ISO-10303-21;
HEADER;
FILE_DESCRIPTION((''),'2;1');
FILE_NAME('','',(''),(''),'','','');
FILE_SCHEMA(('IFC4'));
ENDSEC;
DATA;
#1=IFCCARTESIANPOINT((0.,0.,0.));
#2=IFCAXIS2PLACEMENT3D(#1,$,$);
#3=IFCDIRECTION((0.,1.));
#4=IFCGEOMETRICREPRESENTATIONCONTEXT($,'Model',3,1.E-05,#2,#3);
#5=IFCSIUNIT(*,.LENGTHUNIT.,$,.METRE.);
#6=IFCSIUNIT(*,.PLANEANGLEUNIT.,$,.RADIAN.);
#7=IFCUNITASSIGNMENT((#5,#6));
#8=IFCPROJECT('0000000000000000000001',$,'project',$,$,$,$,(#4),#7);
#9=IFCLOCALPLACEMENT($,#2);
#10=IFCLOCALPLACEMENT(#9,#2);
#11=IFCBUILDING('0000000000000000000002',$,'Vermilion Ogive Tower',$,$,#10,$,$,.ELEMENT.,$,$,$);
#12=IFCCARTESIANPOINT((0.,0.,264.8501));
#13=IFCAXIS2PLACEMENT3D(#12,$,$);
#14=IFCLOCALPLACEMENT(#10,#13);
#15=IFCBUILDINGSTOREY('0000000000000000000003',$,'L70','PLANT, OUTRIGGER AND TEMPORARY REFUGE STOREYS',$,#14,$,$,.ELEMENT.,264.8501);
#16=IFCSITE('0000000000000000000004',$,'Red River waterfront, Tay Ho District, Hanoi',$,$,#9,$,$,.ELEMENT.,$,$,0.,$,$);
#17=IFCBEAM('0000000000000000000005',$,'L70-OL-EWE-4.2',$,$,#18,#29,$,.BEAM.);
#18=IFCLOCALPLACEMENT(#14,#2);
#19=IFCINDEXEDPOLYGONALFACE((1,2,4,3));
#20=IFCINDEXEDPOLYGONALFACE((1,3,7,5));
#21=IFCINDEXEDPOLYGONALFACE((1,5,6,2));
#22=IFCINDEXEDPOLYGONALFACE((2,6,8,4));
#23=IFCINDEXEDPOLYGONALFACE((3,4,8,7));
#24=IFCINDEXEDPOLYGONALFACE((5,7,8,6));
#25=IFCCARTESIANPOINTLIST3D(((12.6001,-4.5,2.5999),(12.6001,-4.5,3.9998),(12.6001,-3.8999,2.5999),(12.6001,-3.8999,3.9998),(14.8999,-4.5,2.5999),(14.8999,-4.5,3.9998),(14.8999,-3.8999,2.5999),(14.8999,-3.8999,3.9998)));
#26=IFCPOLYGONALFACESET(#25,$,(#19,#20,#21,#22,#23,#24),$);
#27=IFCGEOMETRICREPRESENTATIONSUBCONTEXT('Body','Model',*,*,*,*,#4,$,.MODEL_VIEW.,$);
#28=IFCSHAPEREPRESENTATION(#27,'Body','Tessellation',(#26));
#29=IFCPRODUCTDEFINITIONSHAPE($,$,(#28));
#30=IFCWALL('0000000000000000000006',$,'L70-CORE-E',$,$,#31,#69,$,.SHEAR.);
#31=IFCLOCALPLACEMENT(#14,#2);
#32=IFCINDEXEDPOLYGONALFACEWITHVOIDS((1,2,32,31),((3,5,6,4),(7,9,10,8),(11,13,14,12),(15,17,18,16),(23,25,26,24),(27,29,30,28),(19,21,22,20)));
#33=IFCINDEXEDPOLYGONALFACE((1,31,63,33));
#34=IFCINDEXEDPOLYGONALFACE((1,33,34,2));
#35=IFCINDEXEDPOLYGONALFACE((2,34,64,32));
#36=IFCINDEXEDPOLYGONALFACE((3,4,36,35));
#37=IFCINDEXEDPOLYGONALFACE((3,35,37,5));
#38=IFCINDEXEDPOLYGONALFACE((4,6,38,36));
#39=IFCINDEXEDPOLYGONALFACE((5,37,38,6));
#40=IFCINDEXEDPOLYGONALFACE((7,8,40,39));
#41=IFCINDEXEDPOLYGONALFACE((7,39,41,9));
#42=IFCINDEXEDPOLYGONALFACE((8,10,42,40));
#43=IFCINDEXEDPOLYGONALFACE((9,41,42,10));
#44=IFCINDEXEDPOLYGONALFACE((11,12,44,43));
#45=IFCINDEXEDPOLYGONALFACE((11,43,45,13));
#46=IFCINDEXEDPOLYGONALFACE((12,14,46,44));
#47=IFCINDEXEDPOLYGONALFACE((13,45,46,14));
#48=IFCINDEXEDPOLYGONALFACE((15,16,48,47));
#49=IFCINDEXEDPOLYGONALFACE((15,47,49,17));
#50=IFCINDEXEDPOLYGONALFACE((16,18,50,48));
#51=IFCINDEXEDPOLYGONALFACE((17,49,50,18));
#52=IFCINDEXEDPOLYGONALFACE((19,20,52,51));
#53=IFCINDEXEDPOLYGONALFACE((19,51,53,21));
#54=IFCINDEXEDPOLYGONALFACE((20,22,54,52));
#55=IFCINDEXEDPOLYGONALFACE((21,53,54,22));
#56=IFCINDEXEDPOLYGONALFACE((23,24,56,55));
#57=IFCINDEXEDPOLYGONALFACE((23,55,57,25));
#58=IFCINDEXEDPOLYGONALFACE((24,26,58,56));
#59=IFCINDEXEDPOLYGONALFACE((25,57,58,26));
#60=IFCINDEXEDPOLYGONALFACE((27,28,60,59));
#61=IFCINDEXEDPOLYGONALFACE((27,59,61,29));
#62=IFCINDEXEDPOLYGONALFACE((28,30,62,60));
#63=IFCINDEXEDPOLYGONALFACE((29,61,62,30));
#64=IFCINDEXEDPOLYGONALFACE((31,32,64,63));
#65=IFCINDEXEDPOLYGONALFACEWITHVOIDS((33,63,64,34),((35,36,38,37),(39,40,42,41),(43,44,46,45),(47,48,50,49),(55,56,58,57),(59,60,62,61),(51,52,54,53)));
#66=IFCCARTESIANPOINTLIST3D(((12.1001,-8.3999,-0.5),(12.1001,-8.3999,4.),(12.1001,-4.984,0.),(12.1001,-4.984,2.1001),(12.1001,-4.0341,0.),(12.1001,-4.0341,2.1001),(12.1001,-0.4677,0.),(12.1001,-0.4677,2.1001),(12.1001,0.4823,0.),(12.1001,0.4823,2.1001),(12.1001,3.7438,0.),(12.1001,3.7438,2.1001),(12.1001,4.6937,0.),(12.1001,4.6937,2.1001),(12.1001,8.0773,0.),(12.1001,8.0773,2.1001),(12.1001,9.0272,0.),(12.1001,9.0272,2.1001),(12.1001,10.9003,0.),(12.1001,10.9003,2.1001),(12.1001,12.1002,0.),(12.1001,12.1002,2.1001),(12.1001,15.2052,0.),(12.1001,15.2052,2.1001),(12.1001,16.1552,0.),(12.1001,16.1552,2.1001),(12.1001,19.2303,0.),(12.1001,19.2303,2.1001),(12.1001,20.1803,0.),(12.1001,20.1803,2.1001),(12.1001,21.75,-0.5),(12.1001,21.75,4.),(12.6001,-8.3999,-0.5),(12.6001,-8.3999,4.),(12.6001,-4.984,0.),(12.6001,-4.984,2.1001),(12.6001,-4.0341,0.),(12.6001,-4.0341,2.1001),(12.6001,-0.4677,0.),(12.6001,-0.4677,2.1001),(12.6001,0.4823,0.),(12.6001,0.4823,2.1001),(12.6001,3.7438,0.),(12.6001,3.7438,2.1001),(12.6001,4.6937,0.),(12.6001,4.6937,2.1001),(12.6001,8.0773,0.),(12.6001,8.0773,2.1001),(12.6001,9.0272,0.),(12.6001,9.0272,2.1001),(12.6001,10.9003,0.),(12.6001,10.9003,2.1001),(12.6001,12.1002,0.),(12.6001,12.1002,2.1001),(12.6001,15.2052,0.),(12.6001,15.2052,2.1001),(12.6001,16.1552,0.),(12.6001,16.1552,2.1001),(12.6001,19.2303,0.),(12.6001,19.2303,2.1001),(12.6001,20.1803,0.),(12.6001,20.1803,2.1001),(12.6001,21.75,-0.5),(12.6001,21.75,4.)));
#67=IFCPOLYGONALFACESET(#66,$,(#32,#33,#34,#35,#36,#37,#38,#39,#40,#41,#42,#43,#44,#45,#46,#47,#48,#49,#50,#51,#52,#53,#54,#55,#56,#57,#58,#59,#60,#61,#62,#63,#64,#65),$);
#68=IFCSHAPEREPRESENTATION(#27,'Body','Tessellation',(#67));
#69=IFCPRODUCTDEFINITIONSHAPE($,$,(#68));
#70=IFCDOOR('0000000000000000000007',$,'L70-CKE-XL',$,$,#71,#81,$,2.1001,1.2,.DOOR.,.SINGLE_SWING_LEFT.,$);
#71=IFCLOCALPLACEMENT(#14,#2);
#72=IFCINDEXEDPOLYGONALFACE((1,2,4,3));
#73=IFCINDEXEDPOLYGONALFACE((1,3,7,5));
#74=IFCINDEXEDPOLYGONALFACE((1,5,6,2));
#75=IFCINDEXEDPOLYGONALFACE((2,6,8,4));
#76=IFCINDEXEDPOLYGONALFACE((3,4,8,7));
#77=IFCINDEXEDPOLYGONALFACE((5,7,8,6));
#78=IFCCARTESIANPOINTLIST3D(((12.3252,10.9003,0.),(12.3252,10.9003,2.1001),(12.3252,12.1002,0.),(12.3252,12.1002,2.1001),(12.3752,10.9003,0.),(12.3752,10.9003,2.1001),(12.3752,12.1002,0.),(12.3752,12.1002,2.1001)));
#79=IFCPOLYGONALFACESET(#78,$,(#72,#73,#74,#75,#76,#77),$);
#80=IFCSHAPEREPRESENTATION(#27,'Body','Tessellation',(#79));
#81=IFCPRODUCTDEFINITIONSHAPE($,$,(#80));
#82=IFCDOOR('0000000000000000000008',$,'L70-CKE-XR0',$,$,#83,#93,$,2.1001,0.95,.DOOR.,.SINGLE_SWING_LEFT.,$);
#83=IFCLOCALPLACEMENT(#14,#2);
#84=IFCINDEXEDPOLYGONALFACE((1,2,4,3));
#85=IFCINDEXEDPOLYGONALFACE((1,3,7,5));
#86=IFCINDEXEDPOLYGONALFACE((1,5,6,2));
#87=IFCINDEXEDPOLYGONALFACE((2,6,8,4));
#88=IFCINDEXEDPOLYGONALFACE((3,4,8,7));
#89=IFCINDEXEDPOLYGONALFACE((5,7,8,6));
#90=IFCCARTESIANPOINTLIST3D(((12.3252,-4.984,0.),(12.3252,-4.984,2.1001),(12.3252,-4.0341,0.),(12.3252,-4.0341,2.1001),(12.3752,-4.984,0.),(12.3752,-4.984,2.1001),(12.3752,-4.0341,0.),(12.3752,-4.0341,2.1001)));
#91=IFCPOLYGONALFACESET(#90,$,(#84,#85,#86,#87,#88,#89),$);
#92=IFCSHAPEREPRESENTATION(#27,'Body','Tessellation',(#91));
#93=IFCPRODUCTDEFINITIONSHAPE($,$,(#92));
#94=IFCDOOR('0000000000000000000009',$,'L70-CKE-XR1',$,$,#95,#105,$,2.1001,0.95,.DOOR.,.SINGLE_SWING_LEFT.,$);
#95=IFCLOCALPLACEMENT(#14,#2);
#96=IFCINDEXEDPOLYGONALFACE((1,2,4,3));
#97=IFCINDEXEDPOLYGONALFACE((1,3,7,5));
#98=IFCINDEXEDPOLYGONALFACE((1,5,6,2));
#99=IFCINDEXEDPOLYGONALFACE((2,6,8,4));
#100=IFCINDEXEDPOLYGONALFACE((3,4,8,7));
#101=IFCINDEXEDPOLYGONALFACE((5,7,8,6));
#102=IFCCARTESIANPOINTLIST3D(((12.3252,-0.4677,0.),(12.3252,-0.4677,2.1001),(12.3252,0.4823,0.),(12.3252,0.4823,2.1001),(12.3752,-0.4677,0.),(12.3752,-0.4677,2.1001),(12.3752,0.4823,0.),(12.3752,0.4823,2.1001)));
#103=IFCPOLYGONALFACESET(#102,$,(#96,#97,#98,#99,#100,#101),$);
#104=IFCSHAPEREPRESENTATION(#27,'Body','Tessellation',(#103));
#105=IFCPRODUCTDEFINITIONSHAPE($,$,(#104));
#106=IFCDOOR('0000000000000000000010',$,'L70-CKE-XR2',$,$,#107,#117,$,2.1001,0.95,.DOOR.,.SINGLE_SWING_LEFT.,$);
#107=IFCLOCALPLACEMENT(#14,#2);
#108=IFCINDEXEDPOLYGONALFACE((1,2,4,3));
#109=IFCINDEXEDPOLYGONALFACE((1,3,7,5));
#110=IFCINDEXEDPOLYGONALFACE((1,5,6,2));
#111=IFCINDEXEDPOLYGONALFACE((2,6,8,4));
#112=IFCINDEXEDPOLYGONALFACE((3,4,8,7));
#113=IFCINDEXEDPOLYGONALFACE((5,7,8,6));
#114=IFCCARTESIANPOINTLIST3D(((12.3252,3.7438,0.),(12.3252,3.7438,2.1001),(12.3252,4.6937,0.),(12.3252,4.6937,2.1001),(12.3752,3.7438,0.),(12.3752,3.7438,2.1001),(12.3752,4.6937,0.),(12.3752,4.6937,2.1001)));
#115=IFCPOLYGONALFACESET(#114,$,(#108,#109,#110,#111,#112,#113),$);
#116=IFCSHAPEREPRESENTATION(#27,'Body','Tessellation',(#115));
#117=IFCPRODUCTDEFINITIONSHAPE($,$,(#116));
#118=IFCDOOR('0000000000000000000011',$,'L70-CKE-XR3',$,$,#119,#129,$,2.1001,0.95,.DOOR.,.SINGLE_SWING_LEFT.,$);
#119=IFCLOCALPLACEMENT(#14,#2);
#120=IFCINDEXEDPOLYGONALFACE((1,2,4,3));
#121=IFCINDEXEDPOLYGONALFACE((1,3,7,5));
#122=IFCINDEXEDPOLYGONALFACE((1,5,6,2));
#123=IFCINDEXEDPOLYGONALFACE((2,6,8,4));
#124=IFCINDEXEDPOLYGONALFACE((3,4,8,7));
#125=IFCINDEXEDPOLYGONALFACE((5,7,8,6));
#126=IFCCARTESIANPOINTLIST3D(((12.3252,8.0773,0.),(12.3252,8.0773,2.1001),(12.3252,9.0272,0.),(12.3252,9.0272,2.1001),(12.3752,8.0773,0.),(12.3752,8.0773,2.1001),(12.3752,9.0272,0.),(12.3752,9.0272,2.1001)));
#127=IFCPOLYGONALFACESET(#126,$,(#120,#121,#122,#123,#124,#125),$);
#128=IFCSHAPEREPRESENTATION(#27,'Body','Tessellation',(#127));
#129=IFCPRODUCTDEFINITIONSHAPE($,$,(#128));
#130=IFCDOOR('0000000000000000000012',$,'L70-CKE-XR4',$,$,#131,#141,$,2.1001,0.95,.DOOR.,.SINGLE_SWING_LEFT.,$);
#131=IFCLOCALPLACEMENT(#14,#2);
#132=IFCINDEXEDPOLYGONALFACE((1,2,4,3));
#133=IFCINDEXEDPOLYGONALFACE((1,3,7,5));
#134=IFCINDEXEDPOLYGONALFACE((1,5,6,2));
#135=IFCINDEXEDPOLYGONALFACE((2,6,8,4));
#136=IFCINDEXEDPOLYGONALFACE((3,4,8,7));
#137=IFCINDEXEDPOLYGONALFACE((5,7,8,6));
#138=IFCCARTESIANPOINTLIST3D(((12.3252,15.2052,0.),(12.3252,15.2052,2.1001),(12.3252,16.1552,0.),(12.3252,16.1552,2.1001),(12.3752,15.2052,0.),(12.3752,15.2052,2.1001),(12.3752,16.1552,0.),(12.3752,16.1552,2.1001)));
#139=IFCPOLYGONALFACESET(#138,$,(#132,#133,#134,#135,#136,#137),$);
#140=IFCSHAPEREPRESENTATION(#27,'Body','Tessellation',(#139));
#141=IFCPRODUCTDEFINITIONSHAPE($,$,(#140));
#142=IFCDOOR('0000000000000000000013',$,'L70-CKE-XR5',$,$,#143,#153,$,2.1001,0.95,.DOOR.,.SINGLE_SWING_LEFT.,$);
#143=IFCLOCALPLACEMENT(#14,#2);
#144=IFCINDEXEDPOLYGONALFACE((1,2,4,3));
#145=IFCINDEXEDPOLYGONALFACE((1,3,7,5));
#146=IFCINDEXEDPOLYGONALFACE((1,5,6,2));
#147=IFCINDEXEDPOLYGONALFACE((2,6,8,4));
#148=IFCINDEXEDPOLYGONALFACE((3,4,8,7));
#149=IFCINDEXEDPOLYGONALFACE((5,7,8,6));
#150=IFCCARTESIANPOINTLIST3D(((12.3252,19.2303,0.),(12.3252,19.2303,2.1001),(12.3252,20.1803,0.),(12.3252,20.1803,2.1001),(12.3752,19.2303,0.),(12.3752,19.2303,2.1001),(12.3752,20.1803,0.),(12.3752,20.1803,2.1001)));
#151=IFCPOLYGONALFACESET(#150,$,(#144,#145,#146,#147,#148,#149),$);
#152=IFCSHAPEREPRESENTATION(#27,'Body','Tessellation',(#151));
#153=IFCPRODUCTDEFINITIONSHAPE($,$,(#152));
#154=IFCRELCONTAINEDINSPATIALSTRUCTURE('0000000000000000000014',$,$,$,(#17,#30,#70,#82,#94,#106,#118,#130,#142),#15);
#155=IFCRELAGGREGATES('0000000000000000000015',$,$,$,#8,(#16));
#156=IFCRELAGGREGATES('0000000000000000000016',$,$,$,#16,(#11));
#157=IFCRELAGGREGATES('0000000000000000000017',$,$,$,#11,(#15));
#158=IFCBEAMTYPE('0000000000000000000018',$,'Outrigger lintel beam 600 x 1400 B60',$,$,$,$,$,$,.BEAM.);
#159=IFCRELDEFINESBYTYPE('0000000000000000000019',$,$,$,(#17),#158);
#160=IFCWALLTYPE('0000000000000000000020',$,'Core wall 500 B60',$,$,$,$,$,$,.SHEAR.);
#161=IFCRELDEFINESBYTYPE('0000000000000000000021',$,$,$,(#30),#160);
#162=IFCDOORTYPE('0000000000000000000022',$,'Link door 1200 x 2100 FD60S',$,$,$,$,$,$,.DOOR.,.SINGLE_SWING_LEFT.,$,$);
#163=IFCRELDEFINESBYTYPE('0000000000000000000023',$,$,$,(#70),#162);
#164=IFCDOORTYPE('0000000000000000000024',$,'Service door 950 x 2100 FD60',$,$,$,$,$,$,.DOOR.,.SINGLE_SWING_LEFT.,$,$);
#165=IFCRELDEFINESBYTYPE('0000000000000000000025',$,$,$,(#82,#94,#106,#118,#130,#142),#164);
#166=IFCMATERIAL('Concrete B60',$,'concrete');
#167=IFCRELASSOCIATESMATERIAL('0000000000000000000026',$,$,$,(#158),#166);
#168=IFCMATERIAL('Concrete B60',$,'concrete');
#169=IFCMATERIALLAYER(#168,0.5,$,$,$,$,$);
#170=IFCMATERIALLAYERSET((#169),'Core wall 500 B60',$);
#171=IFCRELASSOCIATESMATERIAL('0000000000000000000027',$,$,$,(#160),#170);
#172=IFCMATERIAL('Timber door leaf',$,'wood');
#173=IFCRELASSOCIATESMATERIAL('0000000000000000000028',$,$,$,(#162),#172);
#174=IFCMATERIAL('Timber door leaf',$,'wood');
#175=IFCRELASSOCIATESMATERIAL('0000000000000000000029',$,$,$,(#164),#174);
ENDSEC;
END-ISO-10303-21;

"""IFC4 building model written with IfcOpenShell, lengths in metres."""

from ifc_helpers import new_model, si_unit, direction, frame, frame_2d, origin, origin_2d, place, context, subcontext, project, spatial, rectangle, extrude, material, layer, layer_set, material_profile, profile_set, type_object, element, fill, save


model = new_model("IFC4")

# Units and contexts
model_context = context("Model", 3, precision=1e-05, world=origin(), true_north=direction((0.0, 1.0)))
body_context = subcontext(model_context, "Body", "Model", "MODEL_VIEW")
ifc_project = project(units=[si_unit("LENGTHUNIT", "METRE"), si_unit("PLANEANGLEUNIT", "RADIAN")], contexts=[model_context])

# Site, building, storey
site_placement = place(None, origin())
site = spatial("IfcSite", under=ifc_project, at=site_placement, Name="Red River waterfront, Tay Ho District, Hanoi", CompositionType="ELEMENT", RefElevation=0.0)
building_placement = place(site_placement, origin())
building = spatial("IfcBuilding", under=site, at=building_placement, Name="Vermilion Ogive Tower", CompositionType="ELEMENT")
storey_placement = place(building_placement, frame((0.0, 0.0, 264.8501)))
storey = spatial("IfcBuildingStorey", under=building, at=storey_placement, Name="L70", Description="PLANT, OUTRIGGER AND TEMPORARY REFUGE STOREYS", CompositionType="ELEMENT", Elevation=264.8501)

# Beam
ifc_material_1 = material(Name="Concrete B60", Category="concrete")
ifc_material_profile = material_profile(ifc_material_1, rectangle(XDim=0.6001, YDim=1.3999, at=origin_2d()), Name="600 x 1400")
ifc_profile_set = profile_set([ifc_material_profile], Name="Concrete B60")
beam_type = type_object("IfcBeamType", Name="Outrigger lintel beam 600 x 1400 B60", PredefinedType="BEAM", material=ifc_profile_set)
beam_placement = place(storey_placement, frame((12.6001, -4.2, 3.2998), z_axis=(1.0, 0.0, 0.0), x_axis=(0.0, 1.0, 0.0)))
element("IfcBeam", 1, at=beam_placement, inside=storey, type_object=beam_type, Name="L70-OL-EWE-4.2", PredefinedType="BEAM", context=body_context, shape_type="SweptSolid", body=[
    extrude(rectangle(XDim=0.6001, YDim=1.3999, at=origin_2d()), origin(), (0.0, 0.0, 1.0), 2.2998),
])

# Wall, openings, doors
ifc_material_2 = material(Name="Concrete B60", Category="concrete")
ifc_layer_1 = layer(ifc_material_2, 0.5)
ifc_layer_set_1 = layer_set([ifc_layer_1], Name="Core wall 500 B60")
wall_type_1 = type_object("IfcWallType", Name="Core wall 500 B60", PredefinedType="SHEAR", material=ifc_layer_set_1)
wall_1_placement = place(storey_placement, frame((12.3501, -8.3999, -0.5), z_axis=(0.0, 0.0, 1.0), x_axis=(0.0, 1.0, 0.0)))
wall_1 = element("IfcWall", 2, at=wall_1_placement, inside=storey, type_object=wall_type_1, Name="L70-CORE-E", PredefinedType="SHEAR", context=body_context, shape_type="SweptSolid", body=[
    extrude(rectangle(XDim=30.1499, YDim=0.5, at=frame_2d((15.075, 0.0))), origin(), (0.0, 0.0, 1.0), 4.5),
])
opening_1_placement = place(wall_1_placement, frame((3.4158, 0.0, 0.5)))
opening_1 = element("IfcOpeningElement", 3, at=opening_1_placement, cuts=wall_1, PredefinedType="OPENING", context=body_context, shape_type="SweptSolid", body=[
    extrude(rectangle(XDim=0.95, YDim=2.1001, at=frame_2d((0.4751, 1.05))), frame((0.0, 0.26, 0.0), z_axis=(0.0, -1.0, 0.0), x_axis=(1.0, 0.0, 0.0)), (0.0, 0.0, 1.0), 0.52),
])
opening_2_placement = place(wall_1_placement, frame((7.9321, 0.0, 0.5)))
opening_2 = element("IfcOpeningElement", 4, at=opening_2_placement, cuts=wall_1, PredefinedType="OPENING", context=body_context, shape_type="SweptSolid", body=[
    extrude(rectangle(XDim=0.95, YDim=2.1001, at=frame_2d((0.4751, 1.05))), frame((0.0, 0.26, 0.0), z_axis=(0.0, -1.0, 0.0), x_axis=(1.0, 0.0, 0.0)), (0.0, 0.0, 1.0), 0.52),
])
opening_3_placement = place(wall_1_placement, frame((12.1436, 0.0, 0.5)))
opening_3 = element("IfcOpeningElement", 5, at=opening_3_placement, cuts=wall_1, PredefinedType="OPENING", context=body_context, shape_type="SweptSolid", body=[
    extrude(rectangle(XDim=0.95, YDim=2.1001, at=frame_2d((0.4751, 1.05))), frame((0.0, 0.26, 0.0), z_axis=(0.0, -1.0, 0.0), x_axis=(1.0, 0.0, 0.0)), (0.0, 0.0, 1.0), 0.52),
])
opening_4_placement = place(wall_1_placement, frame((16.4771, 0.0, 0.5)))
opening_4 = element("IfcOpeningElement", 6, at=opening_4_placement, cuts=wall_1, PredefinedType="OPENING", context=body_context, shape_type="SweptSolid", body=[
    extrude(rectangle(XDim=0.95, YDim=2.1001, at=frame_2d((0.4751, 1.05))), frame((0.0, 0.26, 0.0), z_axis=(0.0, -1.0, 0.0), x_axis=(1.0, 0.0, 0.0)), (0.0, 0.0, 1.0), 0.52),
])
opening_5_placement = place(wall_1_placement, frame((23.605, 0.0, 0.5)))
opening_5 = element("IfcOpeningElement", 7, at=opening_5_placement, cuts=wall_1, PredefinedType="OPENING", context=body_context, shape_type="SweptSolid", body=[
    extrude(rectangle(XDim=0.95, YDim=2.1001, at=frame_2d((0.4751, 1.05))), frame((0.0, 0.26, 0.0), z_axis=(0.0, -1.0, 0.0), x_axis=(1.0, 0.0, 0.0)), (0.0, 0.0, 1.0), 0.52),
])
opening_6_placement = place(wall_1_placement, frame((27.6301, 0.0, 0.5)))
opening_6 = element("IfcOpeningElement", 8, at=opening_6_placement, cuts=wall_1, PredefinedType="OPENING", context=body_context, shape_type="SweptSolid", body=[
    extrude(rectangle(XDim=0.95, YDim=2.1001, at=frame_2d((0.4751, 1.05))), frame((0.0, 0.26, 0.0), z_axis=(0.0, -1.0, 0.0), x_axis=(1.0, 0.0, 0.0)), (0.0, 0.0, 1.0), 0.52),
])
opening_7_placement = place(wall_1_placement, frame((19.3, 0.0, 0.5)))
opening_7 = element("IfcOpeningElement", 9, at=opening_7_placement, cuts=wall_1, PredefinedType="OPENING", context=body_context, shape_type="SweptSolid", body=[
    extrude(rectangle(XDim=1.2, YDim=2.1001, at=frame_2d((0.6001, 1.05))), frame((0.0, 0.26, 0.0), z_axis=(0.0, -1.0, 0.0), x_axis=(1.0, 0.0, 0.0)), (0.0, 0.0, 1.0), 0.52),
])
ifc_material_3 = material(Name="Timber door leaf", Category="wood")
door_type_1 = type_object("IfcDoorType", Name="Link door 1200 x 2100 FD60S", OperationType="SINGLE_SWING_LEFT", PredefinedType="DOOR", material=ifc_material_3)
door_1_placement = place(opening_7_placement, origin())
door_1 = element("IfcDoor", 10, at=door_1_placement, inside=storey, type_object=door_type_1, Name="L70-CKE-XL", OperationType="SINGLE_SWING_LEFT", OverallHeight=2.1001, OverallWidth=1.2, PredefinedType="DOOR", context=body_context, shape_type="SweptSolid", body=[
    extrude(rectangle(XDim=1.2, YDim=2.1001, at=frame_2d((0.6001, 1.05))), frame((0.0, 0.0249, 0.0), z_axis=(0.0, -1.0, 0.0), x_axis=(1.0, 0.0, 0.0)), (0.0, 0.0, 1.0), 0.05),
])
fill(opening_7, door_1)
ifc_material_4 = material(Name="Timber door leaf", Category="wood")
door_type_2 = type_object("IfcDoorType", Name="Service door 950 x 2100 FD60", OperationType="SINGLE_SWING_LEFT", PredefinedType="DOOR", material=ifc_material_4)
door_2_placement = place(opening_1_placement, origin())
door_2 = element("IfcDoor", 11, at=door_2_placement, inside=storey, type_object=door_type_2, Name="L70-CKE-XR0", OperationType="SINGLE_SWING_LEFT", OverallHeight=2.1001, OverallWidth=0.95, PredefinedType="DOOR", context=body_context, shape_type="SweptSolid", body=[
    extrude(rectangle(XDim=0.95, YDim=2.1001, at=frame_2d((0.4751, 1.05))), frame((0.0, 0.0249, 0.0), z_axis=(0.0, -1.0, 0.0), x_axis=(1.0, 0.0, 0.0)), (0.0, 0.0, 1.0), 0.05),
])
fill(opening_1, door_2)
door_3_placement = place(opening_2_placement, origin())
door_3 = element("IfcDoor", 12, at=door_3_placement, inside=storey, type_object=door_type_2, Name="L70-CKE-XR1", OperationType="SINGLE_SWING_LEFT", OverallHeight=2.1001, OverallWidth=0.95, PredefinedType="DOOR", context=body_context, shape_type="SweptSolid", body=[
    extrude(rectangle(XDim=0.95, YDim=2.1001, at=frame_2d((0.4751, 1.05))), frame((0.0, 0.0249, 0.0), z_axis=(0.0, -1.0, 0.0), x_axis=(1.0, 0.0, 0.0)), (0.0, 0.0, 1.0), 0.05),
])
fill(opening_2, door_3)
door_4_placement = place(opening_3_placement, origin())
door_4 = element("IfcDoor", 13, at=door_4_placement, inside=storey, type_object=door_type_2, Name="L70-CKE-XR2", OperationType="SINGLE_SWING_LEFT", OverallHeight=2.1001, OverallWidth=0.95, PredefinedType="DOOR", context=body_context, shape_type="SweptSolid", body=[
    extrude(rectangle(XDim=0.95, YDim=2.1001, at=frame_2d((0.4751, 1.05))), frame((0.0, 0.0249, 0.0), z_axis=(0.0, -1.0, 0.0), x_axis=(1.0, 0.0, 0.0)), (0.0, 0.0, 1.0), 0.05),
])
fill(opening_3, door_4)
door_5_placement = place(opening_4_placement, origin())
door_5 = element("IfcDoor", 14, at=door_5_placement, inside=storey, type_object=door_type_2, Name="L70-CKE-XR3", OperationType="SINGLE_SWING_LEFT", OverallHeight=2.1001, OverallWidth=0.95, PredefinedType="DOOR", context=body_context, shape_type="SweptSolid", body=[
    extrude(rectangle(XDim=0.95, YDim=2.1001, at=frame_2d((0.4751, 1.05))), frame((0.0, 0.0249, 0.0), z_axis=(0.0, -1.0, 0.0), x_axis=(1.0, 0.0, 0.0)), (0.0, 0.0, 1.0), 0.05),
])
fill(opening_4, door_5)
door_6_placement = place(opening_5_placement, origin())
door_6 = element("IfcDoor", 15, at=door_6_placement, inside=storey, type_object=door_type_2, Name="L70-CKE-XR4", OperationType="SINGLE_SWING_LEFT", OverallHeight=2.1001, OverallWidth=0.95, PredefinedType="DOOR", context=body_context, shape_type="SweptSolid", body=[
    extrude(rectangle(XDim=0.95, YDim=2.1001, at=frame_2d((0.4751, 1.05))), frame((0.0, 0.0249, 0.0), z_axis=(0.0, -1.0, 0.0), x_axis=(1.0, 0.0, 0.0)), (0.0, 0.0, 1.0), 0.05),
])
fill(opening_5, door_6)
door_7_placement = place(opening_6_placement, origin())
door_7 = element("IfcDoor", 16, at=door_7_placement, inside=storey, type_object=door_type_2, Name="L70-CKE-XR5", OperationType="SINGLE_SWING_LEFT", OverallHeight=2.1001, OverallWidth=0.95, PredefinedType="DOOR", context=body_context, shape_type="SweptSolid", body=[
    extrude(rectangle(XDim=0.95, YDim=2.1001, at=frame_2d((0.4751, 1.05))), frame((0.0, 0.0249, 0.0), z_axis=(0.0, -1.0, 0.0), x_axis=(1.0, 0.0, 0.0)), (0.0, 0.0, 1.0), 0.05),
])
fill(opening_6, door_7)

save(model, "model.ifc")
